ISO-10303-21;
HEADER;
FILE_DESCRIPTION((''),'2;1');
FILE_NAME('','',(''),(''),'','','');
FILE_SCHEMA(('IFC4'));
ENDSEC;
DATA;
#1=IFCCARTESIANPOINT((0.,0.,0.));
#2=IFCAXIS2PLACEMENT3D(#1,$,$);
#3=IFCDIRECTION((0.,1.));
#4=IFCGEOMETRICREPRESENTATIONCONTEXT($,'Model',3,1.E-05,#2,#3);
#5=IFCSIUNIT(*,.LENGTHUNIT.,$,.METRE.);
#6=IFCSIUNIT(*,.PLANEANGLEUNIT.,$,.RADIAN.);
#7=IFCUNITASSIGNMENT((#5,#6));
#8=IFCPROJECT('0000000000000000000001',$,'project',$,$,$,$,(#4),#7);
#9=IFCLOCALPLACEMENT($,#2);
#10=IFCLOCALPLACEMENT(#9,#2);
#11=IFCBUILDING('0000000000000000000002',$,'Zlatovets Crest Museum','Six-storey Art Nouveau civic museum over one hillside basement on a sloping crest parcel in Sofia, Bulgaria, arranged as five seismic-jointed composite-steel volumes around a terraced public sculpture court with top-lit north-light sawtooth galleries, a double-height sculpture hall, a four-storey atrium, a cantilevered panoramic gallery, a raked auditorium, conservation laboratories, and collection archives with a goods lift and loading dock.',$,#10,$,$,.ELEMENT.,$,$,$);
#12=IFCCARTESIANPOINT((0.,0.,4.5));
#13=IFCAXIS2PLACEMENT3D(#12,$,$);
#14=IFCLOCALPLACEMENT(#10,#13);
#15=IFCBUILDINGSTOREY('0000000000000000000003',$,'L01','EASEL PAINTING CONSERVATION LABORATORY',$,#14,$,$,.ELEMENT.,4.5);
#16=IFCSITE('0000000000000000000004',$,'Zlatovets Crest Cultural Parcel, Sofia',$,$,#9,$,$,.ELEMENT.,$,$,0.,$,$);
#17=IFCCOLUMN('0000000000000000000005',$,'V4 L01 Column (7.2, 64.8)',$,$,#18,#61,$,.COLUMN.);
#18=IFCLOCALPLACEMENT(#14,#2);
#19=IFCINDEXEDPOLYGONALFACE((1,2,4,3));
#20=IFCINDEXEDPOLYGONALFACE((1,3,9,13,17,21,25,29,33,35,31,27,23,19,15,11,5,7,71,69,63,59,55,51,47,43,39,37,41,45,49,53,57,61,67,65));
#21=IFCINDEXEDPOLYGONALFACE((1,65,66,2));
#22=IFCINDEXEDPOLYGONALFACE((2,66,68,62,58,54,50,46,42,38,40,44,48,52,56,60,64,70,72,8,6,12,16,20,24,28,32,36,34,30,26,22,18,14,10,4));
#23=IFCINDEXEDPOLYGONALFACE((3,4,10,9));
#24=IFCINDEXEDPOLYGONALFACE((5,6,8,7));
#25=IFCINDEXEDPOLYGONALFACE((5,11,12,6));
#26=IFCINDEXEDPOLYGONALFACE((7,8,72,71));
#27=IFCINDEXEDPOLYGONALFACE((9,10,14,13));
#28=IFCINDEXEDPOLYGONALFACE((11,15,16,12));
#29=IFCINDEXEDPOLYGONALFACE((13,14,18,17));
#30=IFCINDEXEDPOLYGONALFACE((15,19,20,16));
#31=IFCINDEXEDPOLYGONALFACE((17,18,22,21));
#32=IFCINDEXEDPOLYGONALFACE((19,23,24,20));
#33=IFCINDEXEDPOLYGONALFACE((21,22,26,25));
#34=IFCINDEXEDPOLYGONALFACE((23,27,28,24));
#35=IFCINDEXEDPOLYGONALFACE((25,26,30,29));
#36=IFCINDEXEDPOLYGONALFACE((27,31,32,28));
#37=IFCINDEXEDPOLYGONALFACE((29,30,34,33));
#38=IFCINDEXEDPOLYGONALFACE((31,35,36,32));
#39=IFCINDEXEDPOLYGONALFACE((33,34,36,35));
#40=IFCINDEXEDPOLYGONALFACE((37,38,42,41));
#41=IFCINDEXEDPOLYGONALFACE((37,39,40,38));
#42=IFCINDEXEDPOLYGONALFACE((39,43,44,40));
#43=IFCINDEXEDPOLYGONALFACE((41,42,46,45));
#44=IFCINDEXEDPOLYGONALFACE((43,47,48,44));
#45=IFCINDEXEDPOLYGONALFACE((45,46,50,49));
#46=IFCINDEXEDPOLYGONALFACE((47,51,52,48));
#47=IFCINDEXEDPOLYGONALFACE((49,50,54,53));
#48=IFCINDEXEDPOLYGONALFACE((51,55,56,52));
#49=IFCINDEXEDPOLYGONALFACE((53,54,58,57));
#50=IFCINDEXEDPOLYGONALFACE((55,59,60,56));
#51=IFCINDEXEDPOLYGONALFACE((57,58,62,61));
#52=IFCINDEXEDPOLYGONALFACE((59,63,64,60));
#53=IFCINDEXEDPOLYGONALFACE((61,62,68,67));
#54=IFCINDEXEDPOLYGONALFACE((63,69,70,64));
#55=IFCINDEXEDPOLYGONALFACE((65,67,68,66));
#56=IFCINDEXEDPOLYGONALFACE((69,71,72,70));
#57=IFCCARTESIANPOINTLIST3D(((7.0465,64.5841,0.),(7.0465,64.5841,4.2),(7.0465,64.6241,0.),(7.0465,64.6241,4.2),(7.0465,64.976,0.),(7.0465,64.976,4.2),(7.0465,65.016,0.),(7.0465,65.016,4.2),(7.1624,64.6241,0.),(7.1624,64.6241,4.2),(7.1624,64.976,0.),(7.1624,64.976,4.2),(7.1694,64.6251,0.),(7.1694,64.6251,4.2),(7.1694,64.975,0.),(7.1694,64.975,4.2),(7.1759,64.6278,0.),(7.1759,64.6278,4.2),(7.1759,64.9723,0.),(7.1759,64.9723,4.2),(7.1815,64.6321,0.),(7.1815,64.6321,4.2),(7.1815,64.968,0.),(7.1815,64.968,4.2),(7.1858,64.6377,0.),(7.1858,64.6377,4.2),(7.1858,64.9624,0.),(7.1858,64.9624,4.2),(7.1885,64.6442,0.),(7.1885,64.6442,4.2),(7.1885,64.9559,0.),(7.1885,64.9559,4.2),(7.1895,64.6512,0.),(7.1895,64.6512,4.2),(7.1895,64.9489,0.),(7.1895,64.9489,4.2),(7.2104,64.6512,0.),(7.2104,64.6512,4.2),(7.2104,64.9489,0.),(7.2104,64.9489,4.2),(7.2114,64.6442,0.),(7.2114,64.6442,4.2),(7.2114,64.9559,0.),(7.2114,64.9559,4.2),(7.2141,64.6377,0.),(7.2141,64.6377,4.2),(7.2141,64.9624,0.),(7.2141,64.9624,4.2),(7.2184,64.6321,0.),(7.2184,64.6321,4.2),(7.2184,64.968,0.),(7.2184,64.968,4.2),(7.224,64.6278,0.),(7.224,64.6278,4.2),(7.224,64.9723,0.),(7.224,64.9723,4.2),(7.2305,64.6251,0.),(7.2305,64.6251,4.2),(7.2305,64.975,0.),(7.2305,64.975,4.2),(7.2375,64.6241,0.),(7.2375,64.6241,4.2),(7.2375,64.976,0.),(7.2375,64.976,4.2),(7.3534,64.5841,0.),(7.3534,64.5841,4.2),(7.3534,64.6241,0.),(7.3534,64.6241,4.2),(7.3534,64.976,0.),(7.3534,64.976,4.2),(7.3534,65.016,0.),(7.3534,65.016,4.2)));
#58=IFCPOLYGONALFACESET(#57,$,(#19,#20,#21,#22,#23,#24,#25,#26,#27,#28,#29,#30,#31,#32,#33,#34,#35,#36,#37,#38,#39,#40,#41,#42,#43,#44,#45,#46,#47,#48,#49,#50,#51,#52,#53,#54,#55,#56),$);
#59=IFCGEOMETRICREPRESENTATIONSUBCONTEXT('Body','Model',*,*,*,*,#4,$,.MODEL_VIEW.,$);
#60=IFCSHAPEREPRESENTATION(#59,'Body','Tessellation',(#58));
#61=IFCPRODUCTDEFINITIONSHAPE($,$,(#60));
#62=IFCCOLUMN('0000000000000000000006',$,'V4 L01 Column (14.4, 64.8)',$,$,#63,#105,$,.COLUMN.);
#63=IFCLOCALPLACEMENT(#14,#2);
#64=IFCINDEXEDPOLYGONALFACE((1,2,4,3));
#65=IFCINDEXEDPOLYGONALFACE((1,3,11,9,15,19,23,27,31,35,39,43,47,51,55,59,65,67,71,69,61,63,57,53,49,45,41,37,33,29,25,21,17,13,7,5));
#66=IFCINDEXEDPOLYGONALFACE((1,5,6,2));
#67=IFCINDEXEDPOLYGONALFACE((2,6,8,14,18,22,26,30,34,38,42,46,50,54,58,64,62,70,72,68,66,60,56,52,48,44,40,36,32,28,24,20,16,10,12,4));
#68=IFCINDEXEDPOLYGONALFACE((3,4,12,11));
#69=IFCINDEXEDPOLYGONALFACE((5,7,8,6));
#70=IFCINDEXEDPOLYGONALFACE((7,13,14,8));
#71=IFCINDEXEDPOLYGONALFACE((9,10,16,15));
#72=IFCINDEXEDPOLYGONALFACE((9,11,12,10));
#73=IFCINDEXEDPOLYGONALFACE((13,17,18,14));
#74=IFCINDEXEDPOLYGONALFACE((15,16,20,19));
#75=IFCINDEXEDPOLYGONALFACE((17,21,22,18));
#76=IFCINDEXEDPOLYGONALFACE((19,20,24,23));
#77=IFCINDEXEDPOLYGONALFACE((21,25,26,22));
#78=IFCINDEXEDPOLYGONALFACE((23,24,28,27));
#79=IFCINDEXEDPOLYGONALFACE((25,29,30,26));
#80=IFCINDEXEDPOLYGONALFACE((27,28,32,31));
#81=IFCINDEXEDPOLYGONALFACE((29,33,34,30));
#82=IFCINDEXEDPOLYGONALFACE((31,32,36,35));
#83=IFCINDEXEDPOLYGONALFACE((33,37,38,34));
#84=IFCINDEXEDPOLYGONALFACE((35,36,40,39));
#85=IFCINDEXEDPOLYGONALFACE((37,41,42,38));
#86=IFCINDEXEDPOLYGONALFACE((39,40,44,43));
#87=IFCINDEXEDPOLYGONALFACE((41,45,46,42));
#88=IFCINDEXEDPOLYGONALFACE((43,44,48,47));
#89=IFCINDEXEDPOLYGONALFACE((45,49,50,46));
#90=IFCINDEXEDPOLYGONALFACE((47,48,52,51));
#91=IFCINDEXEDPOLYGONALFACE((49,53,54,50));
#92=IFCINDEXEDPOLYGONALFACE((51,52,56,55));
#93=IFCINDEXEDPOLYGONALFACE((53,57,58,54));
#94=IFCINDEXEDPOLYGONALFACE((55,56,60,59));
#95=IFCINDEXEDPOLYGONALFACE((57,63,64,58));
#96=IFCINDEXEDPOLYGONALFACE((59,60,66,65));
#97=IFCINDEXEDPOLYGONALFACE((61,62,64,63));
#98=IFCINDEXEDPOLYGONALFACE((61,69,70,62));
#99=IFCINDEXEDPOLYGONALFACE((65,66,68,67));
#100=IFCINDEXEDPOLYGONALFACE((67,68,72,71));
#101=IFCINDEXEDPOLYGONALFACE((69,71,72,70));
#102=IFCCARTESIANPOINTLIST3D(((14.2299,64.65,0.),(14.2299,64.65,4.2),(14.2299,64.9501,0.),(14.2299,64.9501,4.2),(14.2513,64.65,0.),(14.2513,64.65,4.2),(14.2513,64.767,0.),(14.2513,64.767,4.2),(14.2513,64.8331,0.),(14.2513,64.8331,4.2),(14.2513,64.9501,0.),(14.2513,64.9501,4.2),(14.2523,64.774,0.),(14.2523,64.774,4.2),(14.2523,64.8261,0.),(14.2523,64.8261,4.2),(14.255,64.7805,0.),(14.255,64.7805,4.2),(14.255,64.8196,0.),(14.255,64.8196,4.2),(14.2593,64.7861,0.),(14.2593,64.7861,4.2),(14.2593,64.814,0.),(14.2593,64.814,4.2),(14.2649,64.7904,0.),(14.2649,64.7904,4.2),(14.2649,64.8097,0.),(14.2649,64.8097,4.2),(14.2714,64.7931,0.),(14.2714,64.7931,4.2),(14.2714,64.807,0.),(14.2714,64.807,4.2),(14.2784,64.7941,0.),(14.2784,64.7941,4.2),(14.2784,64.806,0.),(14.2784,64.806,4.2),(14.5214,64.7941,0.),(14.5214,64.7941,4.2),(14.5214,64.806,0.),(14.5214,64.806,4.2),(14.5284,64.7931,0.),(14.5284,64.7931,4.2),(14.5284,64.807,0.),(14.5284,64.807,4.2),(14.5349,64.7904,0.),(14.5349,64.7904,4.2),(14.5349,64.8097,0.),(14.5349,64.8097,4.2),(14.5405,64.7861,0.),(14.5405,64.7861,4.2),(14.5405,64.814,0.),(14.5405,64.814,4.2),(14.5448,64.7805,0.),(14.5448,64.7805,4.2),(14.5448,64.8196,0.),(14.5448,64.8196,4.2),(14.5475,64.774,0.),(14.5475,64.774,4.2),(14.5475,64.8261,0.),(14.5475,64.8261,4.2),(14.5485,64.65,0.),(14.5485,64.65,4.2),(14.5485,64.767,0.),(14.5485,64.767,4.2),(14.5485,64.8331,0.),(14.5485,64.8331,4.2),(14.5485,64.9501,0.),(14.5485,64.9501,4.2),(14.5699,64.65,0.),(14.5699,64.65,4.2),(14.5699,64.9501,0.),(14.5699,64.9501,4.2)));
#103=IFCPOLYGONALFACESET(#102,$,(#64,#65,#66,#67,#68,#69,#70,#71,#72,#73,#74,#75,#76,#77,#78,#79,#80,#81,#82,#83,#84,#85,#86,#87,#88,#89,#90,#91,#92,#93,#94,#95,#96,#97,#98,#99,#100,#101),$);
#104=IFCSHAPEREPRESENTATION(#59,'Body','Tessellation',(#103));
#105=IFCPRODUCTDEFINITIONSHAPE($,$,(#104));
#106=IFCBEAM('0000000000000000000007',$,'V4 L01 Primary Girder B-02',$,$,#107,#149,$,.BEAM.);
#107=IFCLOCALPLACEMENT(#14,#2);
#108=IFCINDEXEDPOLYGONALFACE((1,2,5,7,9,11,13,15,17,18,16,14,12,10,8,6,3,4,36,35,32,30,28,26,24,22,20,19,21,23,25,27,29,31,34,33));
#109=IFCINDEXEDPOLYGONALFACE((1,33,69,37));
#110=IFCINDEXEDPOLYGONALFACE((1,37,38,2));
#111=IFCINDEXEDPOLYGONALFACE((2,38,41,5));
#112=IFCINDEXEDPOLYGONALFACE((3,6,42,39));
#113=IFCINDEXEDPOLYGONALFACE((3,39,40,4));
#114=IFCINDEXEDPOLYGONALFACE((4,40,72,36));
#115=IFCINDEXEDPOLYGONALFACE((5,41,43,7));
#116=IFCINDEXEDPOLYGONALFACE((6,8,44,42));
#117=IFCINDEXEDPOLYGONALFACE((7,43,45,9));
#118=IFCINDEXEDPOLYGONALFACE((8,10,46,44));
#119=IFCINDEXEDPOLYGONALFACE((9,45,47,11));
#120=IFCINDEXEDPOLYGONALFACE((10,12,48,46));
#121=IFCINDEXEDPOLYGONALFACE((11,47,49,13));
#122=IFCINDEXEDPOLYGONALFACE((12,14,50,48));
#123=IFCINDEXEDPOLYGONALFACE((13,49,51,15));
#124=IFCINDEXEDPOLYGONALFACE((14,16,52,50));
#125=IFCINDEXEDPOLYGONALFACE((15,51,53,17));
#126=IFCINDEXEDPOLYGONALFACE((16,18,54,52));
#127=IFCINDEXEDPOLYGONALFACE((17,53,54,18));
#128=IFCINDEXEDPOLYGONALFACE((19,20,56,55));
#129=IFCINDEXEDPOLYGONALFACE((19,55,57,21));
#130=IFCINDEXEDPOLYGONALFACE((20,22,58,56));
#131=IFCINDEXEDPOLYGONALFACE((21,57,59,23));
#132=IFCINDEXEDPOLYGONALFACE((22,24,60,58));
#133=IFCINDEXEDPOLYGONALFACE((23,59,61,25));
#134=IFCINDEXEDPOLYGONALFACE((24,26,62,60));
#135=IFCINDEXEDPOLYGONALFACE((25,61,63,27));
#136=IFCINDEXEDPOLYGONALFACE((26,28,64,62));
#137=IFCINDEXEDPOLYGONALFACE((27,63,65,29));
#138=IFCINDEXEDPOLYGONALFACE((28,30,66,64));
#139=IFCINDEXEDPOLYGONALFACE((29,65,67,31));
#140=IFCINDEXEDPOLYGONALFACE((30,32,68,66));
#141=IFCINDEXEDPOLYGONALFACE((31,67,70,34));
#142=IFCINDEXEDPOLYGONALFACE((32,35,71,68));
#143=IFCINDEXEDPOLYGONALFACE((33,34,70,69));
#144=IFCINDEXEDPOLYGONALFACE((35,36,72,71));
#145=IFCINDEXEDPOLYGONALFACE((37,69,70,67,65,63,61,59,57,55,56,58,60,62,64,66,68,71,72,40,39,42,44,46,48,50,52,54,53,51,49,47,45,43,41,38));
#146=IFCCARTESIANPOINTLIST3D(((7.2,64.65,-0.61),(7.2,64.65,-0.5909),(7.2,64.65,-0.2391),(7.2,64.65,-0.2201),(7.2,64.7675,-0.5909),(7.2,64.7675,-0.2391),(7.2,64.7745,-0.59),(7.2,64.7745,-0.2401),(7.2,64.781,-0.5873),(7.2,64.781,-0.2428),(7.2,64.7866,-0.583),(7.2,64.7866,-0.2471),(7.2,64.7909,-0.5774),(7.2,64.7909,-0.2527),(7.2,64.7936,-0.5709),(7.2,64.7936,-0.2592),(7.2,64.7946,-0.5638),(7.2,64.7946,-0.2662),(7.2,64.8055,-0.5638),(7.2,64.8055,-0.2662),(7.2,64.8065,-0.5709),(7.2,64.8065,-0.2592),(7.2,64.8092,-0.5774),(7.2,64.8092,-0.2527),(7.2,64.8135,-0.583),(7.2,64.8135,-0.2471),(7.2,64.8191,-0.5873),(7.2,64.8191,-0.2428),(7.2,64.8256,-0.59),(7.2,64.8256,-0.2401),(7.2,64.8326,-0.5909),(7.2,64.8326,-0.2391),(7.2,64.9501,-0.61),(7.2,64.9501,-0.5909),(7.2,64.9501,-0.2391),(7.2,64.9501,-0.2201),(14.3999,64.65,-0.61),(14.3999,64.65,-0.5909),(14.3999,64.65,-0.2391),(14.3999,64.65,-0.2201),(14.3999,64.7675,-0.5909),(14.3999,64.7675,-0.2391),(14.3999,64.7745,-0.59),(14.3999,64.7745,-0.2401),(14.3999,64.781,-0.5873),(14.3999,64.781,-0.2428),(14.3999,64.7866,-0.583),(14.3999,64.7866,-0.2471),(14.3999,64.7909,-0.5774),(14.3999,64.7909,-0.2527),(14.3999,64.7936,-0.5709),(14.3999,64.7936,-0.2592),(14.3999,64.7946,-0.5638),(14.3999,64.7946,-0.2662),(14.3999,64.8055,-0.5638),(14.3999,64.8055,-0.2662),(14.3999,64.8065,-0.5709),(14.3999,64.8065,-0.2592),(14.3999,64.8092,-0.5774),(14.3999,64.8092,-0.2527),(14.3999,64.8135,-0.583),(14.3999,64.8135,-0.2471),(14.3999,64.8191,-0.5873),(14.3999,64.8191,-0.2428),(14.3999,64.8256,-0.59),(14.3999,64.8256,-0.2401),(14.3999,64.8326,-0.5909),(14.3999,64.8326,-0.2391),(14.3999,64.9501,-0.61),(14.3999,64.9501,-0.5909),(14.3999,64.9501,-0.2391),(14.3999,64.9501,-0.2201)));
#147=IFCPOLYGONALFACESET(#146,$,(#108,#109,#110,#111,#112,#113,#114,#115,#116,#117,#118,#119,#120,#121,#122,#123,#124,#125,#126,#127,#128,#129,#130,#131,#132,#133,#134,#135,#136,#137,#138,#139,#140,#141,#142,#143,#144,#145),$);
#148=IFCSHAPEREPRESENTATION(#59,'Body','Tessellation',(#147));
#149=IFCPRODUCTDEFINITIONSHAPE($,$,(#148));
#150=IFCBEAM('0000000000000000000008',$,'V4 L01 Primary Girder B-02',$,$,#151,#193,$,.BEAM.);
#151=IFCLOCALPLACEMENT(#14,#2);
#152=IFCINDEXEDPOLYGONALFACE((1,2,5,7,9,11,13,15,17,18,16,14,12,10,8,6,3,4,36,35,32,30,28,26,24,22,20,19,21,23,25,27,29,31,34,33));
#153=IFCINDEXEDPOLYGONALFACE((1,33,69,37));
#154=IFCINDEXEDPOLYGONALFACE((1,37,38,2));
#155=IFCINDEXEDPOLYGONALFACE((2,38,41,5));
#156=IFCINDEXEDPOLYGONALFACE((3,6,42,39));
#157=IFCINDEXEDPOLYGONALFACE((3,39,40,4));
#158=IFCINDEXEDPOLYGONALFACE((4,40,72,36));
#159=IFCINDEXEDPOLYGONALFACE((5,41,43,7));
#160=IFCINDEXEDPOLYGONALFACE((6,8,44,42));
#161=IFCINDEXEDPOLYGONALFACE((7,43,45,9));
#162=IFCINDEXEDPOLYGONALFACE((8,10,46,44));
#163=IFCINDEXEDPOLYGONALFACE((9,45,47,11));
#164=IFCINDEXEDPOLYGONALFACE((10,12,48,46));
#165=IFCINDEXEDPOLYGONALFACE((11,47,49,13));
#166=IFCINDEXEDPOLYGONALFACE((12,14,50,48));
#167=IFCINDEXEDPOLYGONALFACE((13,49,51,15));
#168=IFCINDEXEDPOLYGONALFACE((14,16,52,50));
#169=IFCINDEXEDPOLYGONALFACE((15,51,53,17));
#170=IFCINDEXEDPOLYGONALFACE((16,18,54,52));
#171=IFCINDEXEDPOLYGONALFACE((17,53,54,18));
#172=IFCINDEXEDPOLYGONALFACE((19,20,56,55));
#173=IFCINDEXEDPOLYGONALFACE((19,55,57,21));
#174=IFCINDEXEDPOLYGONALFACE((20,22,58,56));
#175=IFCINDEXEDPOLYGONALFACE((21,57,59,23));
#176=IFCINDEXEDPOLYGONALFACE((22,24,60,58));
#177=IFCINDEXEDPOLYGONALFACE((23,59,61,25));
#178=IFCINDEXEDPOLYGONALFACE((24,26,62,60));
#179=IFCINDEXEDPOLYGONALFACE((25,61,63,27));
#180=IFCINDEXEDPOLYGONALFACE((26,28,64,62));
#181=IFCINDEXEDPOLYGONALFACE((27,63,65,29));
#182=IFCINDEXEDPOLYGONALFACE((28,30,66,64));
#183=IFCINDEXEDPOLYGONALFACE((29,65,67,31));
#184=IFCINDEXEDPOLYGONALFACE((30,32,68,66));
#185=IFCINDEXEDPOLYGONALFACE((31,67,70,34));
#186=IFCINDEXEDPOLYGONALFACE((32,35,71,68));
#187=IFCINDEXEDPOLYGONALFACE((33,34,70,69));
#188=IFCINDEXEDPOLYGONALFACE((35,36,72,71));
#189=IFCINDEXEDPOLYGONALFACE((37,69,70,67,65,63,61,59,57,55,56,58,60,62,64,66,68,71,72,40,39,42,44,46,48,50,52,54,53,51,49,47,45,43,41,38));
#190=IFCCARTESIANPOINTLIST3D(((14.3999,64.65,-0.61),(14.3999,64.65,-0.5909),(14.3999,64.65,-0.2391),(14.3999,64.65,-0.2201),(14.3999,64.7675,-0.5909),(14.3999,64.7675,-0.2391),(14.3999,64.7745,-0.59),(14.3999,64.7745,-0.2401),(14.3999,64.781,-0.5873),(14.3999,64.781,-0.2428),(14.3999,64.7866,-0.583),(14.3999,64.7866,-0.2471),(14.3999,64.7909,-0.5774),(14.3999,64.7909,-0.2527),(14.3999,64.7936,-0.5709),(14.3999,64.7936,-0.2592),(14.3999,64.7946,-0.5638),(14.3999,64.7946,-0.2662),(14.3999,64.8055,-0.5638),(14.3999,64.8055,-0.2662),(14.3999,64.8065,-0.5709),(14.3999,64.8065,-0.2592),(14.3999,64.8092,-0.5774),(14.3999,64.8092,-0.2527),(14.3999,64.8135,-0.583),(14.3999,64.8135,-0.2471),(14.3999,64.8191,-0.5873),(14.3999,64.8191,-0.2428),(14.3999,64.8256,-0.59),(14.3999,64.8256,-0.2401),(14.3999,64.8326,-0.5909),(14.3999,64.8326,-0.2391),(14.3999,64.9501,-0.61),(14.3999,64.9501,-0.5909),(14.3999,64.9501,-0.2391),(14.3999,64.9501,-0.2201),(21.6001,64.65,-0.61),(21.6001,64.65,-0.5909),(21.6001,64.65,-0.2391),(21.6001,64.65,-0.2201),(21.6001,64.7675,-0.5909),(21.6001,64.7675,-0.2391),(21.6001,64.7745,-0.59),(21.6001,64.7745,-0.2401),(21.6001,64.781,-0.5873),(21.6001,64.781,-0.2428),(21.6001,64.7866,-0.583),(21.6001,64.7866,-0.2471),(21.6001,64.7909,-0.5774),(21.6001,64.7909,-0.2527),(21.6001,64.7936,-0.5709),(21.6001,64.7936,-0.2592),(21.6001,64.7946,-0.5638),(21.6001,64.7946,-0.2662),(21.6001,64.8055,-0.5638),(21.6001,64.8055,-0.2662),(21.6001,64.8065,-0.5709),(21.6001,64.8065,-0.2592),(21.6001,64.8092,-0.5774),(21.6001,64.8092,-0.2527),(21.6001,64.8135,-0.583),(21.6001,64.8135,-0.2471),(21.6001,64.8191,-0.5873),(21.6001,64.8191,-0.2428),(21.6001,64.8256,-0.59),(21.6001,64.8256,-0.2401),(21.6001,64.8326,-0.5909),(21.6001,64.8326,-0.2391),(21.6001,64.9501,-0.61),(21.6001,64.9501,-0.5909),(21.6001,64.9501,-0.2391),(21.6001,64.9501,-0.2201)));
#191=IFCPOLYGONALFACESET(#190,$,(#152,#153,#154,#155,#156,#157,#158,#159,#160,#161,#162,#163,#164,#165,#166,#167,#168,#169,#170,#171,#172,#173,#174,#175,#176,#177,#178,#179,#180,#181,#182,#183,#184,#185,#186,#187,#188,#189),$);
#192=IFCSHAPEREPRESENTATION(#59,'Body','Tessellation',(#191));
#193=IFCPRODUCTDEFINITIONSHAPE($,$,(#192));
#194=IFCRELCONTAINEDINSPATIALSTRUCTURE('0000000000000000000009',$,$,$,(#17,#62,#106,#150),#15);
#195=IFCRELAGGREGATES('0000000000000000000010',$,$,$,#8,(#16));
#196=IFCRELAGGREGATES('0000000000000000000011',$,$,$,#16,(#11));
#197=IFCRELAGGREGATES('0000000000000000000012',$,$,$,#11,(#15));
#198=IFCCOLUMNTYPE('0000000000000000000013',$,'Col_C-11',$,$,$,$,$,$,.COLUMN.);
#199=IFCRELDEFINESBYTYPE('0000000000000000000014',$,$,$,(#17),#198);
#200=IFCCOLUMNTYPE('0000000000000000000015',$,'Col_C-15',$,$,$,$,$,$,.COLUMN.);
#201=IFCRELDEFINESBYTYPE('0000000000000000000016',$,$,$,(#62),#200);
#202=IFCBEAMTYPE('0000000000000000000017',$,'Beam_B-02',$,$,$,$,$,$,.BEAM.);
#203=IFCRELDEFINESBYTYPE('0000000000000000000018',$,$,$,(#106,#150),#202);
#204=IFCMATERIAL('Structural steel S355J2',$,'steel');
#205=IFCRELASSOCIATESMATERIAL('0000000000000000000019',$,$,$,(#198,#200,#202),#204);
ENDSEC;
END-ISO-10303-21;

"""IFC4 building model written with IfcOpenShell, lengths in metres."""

from ifc_helpers import new_model, si_unit, direction, frame, origin, origin_2d, place, context, subcontext, project, spatial, i_section, extrude, material, material_profile, profile_set, type_object, element, save


model = new_model("IFC4")

# Units and contexts
model_context = context("Model", 3, precision=1e-05, world=origin(), true_north=direction((0.0, 1.0)))
body_context = subcontext(model_context, "Body", "Model", "MODEL_VIEW")
ifc_project = project(units=[si_unit("LENGTHUNIT", "METRE"), si_unit("PLANEANGLEUNIT", "RADIAN")], contexts=[model_context])

# Site, building, storey
site_placement = place(None, origin())
site = spatial("IfcSite", under=ifc_project, at=site_placement, Name="Zlatovets Crest Cultural Parcel, Sofia", CompositionType="ELEMENT", RefElevation=0.0)
building_placement = place(site_placement, origin())
building = spatial("IfcBuilding", under=site, at=building_placement, Name="Zlatovets Crest Museum", Description="Six-storey Art Nouveau civic museum over one hillside basement on a sloping crest parcel in Sofia, Bulgaria, arranged as five seismic-jointed composite-steel volumes around a terraced public sculpture court with top-lit north-light sawtooth galleries, a double-height sculpture hall, a four-storey atrium, a cantilevered panoramic gallery, a raked auditorium, conservation laboratories, and collection archives with a goods lift and loading dock.", CompositionType="ELEMENT")
storey_placement = place(building_placement, frame((0.0, 0.0, 4.5)))
storey = spatial("IfcBuildingStorey", under=building, at=storey_placement, Name="L01", Description="EASEL PAINTING CONSERVATION LABORATORY", CompositionType="ELEMENT", Elevation=4.5)

# Columns
ifc_material_1 = material(Name="Structural steel S355J2", Category="steel")
ifc_material_profile_1 = material_profile(ifc_material_1, i_section(OverallWidth=0.3069, OverallDepth=0.4319, WebThickness=0.021, FlangeThickness=0.04, FilletRadius=0.0271, at=origin_2d()), Name="HEM 400")
ifc_profile_set_1 = profile_set([ifc_material_profile_1], Name="Structural steel S355J2")
column_type_1 = type_object("IfcColumnType", Name="Col_C-11", PredefinedType="COLUMN", material=ifc_profile_set_1)
column_1_placement = place(storey_placement, frame((7.2, 64.8, 0.0), z_axis=(0.0, 0.0, 1.0), x_axis=(1.0, 0.0, 0.0)))
element("IfcColumn", 1, at=column_1_placement, inside=storey, type_object=column_type_1, Name="V4 L01 Column (7.2, 64.8)", PredefinedType="COLUMN", context=body_context, shape_type="SweptSolid", body=[
    extrude(i_section(OverallWidth=0.3069, OverallDepth=0.4319, WebThickness=0.021, FlangeThickness=0.04, FilletRadius=0.0271, at=origin_2d()), origin(), (0.0, 0.0, 1.0), 4.2),
])
ifc_material_profile_2 = material_profile(ifc_material_1, i_section(OverallWidth=0.3, OverallDepth=0.3401, WebThickness=0.012, FlangeThickness=0.0215, FilletRadius=0.0271, at=origin_2d()), Name="HEB 340")
ifc_profile_set_2 = profile_set([ifc_material_profile_2], Name="Structural steel S355J2")
column_type_2 = type_object("IfcColumnType", Name="Col_C-15", PredefinedType="COLUMN", material=ifc_profile_set_2)
column_2_placement = place(storey_placement, frame((14.3999, 64.8, 0.0), z_axis=(0.0, 0.0, 1.0), x_axis=(0.0, 1.0, 0.0)))
element("IfcColumn", 2, at=column_2_placement, inside=storey, type_object=column_type_2, Name="V4 L01 Column (14.4, 64.8)", PredefinedType="COLUMN", context=body_context, shape_type="SweptSolid", body=[
    extrude(i_section(OverallWidth=0.3, OverallDepth=0.3401, WebThickness=0.012, FlangeThickness=0.0215, FilletRadius=0.0271, at=origin_2d()), origin(), (0.0, 0.0, 1.0), 4.2),
])

# Beams
ifc_material_profile_3 = material_profile(ifc_material_1, i_section(OverallWidth=0.3, OverallDepth=0.3899, WebThickness=0.011, FlangeThickness=0.019, FilletRadius=0.0271, at=origin_2d()), Name="HEA 400")
ifc_profile_set_3 = profile_set([ifc_material_profile_3], Name="Structural steel S355J2")
beam_type_1 = type_object("IfcBeamType", Name="Beam_B-02", PredefinedType="BEAM", material=ifc_profile_set_3)
beam_1_placement = place(storey_placement, frame((7.2, 64.8, -0.415), z_axis=(1.0, 0.0, 0.0), x_axis=(0.0, 1.0, 0.0)))
element("IfcBeam", 3, at=beam_1_placement, inside=storey, type_object=beam_type_1, Name="V4 L01 Primary Girder B-02", PredefinedType="BEAM", context=body_context, shape_type="SweptSolid", body=[
    extrude(i_section(OverallWidth=0.3, OverallDepth=0.3899, WebThickness=0.011, FlangeThickness=0.019, FilletRadius=0.0271, at=origin_2d()), origin(), (0.0, 0.0, 1.0), 7.2),
])
beam_2_placement = place(storey_placement, frame((14.3999, 64.8, -0.415), z_axis=(1.0, 0.0, 0.0), x_axis=(0.0, 1.0, 0.0)))
element("IfcBeam", 4, at=beam_2_placement, inside=storey, type_object=beam_type_1, Name="V4 L01 Primary Girder B-02", PredefinedType="BEAM", context=body_context, shape_type="SweptSolid", body=[
    extrude(i_section(OverallWidth=0.3, OverallDepth=0.3899, WebThickness=0.011, FlangeThickness=0.019, FilletRadius=0.0271, at=origin_2d()), origin(), (0.0, 0.0, 1.0), 7.2002),
])

save(model, "model.ifc")
